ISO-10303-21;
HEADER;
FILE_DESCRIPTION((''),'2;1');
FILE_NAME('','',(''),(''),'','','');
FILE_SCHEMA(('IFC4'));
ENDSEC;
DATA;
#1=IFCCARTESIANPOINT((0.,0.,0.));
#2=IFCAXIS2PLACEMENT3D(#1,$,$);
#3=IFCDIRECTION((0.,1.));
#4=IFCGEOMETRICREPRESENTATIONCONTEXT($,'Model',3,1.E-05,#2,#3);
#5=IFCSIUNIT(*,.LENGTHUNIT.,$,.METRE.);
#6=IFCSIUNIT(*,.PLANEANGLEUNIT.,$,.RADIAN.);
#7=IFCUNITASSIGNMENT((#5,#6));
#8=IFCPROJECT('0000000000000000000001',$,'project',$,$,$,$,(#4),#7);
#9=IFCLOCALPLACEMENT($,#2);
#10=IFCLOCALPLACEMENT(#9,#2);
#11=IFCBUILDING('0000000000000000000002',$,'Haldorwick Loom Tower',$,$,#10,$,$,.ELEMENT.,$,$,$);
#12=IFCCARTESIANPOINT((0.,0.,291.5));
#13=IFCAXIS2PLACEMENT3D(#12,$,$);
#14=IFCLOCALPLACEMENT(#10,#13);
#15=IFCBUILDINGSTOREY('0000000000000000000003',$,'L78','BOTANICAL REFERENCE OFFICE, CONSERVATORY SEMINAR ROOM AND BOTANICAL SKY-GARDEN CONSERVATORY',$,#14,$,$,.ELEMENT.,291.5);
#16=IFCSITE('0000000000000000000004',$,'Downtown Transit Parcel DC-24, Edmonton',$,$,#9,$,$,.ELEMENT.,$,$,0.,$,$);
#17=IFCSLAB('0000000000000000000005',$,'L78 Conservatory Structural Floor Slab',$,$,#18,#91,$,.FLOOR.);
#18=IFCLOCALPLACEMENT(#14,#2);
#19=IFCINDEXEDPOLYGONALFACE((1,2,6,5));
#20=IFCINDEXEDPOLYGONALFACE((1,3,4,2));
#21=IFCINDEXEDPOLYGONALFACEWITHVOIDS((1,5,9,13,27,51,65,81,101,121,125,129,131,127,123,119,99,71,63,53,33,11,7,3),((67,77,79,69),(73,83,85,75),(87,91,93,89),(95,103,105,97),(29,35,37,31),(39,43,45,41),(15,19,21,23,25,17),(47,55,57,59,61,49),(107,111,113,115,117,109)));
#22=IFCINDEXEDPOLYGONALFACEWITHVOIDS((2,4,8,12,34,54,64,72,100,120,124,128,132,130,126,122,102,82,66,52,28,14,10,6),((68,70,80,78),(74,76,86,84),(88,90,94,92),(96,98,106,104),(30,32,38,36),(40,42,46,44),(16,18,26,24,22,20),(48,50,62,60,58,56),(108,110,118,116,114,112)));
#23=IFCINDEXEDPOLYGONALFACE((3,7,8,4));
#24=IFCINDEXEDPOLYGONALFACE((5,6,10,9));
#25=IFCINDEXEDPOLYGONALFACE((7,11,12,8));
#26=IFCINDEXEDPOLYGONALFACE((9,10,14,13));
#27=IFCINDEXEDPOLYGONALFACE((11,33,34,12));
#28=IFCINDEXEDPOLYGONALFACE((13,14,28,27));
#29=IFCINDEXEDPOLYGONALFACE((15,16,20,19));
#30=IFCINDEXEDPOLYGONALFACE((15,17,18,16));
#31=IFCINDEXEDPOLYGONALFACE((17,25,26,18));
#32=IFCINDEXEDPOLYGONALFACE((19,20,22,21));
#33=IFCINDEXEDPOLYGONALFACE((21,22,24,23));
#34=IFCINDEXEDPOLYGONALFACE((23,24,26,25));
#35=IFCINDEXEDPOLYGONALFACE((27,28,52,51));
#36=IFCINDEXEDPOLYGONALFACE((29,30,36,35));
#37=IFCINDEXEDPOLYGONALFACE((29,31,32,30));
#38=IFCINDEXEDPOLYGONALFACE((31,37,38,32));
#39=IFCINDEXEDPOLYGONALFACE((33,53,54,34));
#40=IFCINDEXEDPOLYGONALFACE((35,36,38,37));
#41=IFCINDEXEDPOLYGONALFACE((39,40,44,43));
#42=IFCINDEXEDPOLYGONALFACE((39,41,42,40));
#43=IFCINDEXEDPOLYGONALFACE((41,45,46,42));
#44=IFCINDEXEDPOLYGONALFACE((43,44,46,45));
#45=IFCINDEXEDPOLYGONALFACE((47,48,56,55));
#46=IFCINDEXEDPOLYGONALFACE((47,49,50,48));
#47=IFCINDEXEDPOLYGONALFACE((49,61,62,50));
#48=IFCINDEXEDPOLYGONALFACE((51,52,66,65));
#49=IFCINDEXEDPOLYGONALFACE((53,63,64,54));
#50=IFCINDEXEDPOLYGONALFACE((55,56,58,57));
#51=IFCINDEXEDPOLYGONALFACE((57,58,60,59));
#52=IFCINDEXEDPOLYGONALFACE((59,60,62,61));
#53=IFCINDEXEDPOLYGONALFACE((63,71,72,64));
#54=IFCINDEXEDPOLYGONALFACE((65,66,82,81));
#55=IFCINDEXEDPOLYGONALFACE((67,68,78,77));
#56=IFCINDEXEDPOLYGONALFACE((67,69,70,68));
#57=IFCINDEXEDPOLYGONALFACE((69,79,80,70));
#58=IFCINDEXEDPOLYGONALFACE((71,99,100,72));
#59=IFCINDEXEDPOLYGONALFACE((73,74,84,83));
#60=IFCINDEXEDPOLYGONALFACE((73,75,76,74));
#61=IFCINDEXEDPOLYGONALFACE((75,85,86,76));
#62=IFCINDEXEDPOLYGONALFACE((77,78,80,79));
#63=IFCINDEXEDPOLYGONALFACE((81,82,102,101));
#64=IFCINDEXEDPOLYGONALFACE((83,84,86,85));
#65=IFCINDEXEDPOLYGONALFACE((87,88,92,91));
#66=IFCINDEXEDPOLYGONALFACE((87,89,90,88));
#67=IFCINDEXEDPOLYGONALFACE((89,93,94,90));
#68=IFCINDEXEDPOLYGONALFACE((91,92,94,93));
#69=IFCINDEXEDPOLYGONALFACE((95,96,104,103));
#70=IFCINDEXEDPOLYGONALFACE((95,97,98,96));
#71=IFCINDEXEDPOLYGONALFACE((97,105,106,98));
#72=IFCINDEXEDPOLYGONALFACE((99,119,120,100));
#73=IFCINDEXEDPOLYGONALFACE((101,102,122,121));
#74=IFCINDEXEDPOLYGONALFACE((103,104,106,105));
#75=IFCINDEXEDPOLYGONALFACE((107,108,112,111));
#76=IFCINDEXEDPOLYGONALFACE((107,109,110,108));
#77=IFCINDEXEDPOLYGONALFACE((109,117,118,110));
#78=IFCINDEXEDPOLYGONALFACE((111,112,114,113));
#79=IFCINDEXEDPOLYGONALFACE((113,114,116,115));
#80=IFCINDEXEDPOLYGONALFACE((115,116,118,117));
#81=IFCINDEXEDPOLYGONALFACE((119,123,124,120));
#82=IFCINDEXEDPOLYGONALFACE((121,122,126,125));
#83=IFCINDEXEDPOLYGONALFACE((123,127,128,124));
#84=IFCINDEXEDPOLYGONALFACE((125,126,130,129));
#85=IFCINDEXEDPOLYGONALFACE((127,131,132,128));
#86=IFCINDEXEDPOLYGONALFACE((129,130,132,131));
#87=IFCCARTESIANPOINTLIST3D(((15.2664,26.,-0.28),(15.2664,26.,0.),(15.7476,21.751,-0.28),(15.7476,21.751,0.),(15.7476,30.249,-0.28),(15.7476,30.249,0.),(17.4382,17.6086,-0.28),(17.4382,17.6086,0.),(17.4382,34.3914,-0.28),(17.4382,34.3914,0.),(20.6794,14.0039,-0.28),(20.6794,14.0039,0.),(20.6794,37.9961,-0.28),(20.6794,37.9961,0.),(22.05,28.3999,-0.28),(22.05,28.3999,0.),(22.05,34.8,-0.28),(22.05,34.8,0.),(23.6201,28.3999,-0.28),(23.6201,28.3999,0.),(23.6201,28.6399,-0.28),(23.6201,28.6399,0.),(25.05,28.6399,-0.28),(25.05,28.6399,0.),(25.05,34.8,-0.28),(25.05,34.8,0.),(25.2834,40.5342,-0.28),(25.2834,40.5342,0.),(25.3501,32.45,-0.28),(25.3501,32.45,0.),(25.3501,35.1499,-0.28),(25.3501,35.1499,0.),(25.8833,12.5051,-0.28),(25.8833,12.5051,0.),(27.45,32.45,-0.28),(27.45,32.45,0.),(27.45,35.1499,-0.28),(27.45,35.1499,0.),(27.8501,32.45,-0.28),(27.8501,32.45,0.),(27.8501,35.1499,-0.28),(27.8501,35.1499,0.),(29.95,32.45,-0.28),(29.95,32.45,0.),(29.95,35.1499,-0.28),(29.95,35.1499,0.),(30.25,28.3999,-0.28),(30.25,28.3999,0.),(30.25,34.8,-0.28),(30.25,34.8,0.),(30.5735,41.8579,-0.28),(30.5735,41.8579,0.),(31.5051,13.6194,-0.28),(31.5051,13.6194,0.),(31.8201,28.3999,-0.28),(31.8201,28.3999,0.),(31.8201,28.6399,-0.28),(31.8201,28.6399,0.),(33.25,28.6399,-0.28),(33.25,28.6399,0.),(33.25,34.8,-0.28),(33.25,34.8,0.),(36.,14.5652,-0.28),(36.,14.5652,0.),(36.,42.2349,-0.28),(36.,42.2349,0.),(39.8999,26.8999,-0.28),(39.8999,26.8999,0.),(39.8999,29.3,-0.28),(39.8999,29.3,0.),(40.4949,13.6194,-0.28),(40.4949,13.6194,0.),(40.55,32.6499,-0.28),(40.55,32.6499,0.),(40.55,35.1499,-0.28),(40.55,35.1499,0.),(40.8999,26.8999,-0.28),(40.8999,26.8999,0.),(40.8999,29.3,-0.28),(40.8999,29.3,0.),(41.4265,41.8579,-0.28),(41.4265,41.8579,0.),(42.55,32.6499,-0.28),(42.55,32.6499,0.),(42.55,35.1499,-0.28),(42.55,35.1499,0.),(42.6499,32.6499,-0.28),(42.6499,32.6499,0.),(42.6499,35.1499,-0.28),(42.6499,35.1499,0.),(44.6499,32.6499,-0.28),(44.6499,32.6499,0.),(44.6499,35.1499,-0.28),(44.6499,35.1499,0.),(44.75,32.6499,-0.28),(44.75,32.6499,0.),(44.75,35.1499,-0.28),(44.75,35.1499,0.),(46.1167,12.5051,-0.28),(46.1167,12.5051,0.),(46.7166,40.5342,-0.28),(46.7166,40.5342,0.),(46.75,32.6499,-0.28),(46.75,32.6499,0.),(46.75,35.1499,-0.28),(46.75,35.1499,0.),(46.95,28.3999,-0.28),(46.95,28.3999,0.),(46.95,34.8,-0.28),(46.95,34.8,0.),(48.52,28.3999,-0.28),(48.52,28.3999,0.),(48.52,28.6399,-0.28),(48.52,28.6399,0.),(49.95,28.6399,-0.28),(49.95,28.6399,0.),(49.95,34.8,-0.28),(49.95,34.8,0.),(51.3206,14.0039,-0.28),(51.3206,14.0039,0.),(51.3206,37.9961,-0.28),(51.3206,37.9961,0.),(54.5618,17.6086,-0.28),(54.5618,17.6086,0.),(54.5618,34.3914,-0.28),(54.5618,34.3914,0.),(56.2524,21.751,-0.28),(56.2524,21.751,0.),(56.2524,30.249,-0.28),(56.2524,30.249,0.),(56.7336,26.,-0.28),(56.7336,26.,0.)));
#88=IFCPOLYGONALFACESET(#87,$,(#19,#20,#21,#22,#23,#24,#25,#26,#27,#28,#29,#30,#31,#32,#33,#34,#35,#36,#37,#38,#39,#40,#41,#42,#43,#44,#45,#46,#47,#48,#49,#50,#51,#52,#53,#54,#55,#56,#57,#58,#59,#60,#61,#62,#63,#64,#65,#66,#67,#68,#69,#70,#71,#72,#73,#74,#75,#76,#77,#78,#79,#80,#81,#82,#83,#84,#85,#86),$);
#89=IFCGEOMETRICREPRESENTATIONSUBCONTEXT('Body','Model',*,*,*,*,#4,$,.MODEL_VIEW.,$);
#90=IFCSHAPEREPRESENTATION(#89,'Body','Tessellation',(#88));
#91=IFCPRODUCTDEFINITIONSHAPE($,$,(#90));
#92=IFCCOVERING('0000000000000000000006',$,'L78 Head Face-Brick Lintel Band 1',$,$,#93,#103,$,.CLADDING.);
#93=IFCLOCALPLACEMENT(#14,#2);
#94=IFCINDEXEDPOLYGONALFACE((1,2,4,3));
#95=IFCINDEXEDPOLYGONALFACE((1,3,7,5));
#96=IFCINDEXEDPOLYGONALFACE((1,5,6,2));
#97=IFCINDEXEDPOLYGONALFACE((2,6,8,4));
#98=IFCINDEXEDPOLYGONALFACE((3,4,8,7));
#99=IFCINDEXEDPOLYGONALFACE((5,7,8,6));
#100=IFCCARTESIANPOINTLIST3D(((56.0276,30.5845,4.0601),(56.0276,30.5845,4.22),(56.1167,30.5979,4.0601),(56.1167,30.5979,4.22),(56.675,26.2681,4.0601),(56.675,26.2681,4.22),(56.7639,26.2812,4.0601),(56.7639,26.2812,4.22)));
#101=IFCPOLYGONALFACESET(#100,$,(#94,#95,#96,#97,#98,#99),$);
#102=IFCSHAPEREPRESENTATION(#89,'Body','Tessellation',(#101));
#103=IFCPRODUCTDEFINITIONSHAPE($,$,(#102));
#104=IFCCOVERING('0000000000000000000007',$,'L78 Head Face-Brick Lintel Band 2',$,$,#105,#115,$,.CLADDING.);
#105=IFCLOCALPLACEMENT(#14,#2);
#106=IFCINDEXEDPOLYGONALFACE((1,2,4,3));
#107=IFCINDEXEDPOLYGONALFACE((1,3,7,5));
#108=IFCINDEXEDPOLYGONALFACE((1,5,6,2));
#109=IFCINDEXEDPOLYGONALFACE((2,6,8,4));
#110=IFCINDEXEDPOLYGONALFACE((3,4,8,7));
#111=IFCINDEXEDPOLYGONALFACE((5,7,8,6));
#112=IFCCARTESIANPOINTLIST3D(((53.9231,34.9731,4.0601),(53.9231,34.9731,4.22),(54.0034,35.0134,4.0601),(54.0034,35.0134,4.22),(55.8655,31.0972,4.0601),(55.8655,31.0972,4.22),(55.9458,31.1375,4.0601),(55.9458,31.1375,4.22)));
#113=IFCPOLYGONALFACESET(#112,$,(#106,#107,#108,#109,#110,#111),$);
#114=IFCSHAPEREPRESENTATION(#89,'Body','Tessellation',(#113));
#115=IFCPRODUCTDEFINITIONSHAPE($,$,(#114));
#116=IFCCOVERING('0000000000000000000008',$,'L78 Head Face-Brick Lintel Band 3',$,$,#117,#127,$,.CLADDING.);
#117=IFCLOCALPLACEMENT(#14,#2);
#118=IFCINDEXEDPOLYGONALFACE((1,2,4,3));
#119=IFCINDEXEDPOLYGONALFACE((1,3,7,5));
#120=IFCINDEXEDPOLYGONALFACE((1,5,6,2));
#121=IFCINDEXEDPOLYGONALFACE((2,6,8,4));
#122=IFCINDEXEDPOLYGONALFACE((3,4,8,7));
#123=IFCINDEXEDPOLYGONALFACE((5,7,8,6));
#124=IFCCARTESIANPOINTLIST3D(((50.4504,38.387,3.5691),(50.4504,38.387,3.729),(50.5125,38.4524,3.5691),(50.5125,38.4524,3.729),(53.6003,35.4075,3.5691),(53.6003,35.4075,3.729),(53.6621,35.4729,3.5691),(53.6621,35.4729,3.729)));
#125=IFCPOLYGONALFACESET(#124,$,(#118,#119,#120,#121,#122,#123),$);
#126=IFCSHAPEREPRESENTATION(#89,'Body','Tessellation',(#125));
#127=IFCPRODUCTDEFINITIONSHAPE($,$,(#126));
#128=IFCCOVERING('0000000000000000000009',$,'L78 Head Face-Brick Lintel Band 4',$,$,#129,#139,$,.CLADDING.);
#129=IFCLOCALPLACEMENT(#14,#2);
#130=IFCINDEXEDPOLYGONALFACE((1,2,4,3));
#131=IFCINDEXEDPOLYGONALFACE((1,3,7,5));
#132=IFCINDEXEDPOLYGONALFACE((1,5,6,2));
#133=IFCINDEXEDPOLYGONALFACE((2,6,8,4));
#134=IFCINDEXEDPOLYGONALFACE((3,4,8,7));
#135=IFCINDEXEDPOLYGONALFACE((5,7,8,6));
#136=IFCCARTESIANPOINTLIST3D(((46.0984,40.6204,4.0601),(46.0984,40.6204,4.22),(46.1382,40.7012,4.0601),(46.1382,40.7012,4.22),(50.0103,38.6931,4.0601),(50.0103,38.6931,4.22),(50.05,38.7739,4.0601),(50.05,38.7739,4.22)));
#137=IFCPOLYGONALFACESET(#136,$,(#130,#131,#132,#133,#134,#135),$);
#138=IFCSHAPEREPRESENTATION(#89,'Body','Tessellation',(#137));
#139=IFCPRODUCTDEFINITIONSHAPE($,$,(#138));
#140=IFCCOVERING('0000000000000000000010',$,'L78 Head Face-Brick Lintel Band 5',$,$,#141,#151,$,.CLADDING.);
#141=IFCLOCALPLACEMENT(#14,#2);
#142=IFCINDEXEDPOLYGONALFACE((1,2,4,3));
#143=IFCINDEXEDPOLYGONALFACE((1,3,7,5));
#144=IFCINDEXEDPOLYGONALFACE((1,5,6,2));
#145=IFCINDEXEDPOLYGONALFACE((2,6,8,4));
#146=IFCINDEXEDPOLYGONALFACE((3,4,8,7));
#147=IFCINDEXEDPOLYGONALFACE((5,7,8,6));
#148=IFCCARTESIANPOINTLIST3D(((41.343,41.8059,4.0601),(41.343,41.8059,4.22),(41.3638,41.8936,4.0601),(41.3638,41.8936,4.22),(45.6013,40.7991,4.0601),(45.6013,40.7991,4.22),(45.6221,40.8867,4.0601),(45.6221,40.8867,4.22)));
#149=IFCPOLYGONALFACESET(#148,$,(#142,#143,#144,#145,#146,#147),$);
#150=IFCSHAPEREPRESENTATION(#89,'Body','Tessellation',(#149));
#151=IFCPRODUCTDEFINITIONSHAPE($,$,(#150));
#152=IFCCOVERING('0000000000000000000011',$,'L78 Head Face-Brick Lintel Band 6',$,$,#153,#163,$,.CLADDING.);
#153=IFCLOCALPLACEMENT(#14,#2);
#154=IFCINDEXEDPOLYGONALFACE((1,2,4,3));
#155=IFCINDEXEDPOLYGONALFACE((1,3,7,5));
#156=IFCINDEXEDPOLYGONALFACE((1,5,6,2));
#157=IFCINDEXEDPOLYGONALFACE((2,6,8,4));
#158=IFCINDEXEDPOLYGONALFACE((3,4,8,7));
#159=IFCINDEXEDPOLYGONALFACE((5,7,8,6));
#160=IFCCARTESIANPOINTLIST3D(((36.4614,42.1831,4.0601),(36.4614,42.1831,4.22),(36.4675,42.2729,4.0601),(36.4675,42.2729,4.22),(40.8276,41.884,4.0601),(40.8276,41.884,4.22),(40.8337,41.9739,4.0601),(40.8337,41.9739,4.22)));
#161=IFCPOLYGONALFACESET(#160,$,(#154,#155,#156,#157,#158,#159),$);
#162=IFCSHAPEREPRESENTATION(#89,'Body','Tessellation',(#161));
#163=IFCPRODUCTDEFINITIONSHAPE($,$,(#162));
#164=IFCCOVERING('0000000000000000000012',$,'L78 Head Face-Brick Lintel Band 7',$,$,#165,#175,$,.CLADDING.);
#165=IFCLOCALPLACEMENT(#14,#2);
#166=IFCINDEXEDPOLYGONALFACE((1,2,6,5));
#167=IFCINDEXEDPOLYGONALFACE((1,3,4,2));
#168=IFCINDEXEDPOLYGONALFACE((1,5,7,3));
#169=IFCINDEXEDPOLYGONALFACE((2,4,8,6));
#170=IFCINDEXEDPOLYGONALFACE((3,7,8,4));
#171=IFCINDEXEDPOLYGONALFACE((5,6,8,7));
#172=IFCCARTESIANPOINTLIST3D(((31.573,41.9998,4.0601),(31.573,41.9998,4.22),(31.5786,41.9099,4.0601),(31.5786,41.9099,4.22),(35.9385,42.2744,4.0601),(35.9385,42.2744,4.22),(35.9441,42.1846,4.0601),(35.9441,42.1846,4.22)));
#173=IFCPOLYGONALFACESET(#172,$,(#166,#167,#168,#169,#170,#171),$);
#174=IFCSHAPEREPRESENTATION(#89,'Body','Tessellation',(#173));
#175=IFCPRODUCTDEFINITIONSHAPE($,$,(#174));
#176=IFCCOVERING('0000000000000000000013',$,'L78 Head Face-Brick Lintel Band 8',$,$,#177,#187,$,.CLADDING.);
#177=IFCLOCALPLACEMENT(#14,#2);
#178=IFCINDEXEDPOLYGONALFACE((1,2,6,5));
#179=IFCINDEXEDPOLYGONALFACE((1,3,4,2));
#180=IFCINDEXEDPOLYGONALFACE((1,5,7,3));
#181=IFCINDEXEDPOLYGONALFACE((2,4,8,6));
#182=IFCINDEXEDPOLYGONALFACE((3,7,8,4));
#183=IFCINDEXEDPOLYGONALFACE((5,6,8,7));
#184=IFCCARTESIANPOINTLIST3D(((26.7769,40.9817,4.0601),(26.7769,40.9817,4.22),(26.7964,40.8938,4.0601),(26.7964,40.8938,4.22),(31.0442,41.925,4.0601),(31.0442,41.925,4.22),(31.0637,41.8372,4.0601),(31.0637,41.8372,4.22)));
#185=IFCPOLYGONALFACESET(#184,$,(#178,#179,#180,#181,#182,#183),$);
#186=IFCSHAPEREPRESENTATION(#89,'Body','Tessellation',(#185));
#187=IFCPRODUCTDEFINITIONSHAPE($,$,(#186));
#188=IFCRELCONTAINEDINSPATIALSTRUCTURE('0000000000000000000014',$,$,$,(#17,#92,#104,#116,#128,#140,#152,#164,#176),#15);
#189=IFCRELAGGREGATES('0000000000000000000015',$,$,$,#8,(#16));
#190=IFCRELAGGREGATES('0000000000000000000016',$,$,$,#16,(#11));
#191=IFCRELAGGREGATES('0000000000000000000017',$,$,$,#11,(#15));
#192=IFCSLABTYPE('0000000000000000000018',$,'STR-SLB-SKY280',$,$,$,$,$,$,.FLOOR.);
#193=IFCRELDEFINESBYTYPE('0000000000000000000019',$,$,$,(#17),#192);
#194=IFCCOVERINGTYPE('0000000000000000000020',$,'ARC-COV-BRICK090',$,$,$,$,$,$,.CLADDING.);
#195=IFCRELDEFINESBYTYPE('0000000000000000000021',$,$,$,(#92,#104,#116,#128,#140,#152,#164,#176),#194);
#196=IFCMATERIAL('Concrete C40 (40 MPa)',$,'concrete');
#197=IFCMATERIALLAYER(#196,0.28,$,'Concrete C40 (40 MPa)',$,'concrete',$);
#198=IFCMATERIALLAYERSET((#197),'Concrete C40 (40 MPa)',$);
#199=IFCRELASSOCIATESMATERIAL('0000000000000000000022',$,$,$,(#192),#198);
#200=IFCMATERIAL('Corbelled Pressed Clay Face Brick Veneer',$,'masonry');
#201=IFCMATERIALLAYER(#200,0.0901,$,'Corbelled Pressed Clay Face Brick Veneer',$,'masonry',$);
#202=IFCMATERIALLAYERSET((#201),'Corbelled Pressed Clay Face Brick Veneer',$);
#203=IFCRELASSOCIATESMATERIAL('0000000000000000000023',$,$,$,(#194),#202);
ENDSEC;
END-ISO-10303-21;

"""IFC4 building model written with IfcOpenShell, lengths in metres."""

from ifc_helpers import new_model, si_unit, direction, frame, origin, place, context, subcontext, project, spatial, polyline, outline, extrude, material, layer, layer_set, type_object, element, save


model = new_model("IFC4")

# Units and contexts
model_context = context("Model", 3, precision=1e-05, world=origin(), true_north=direction((0.0, 1.0)))
body_context = subcontext(model_context, "Body", "Model", "MODEL_VIEW")
ifc_project = project(units=[si_unit("LENGTHUNIT", "METRE"), si_unit("PLANEANGLEUNIT", "RADIAN")], contexts=[model_context])

# Site, building, storey
site_placement = place(None, origin())
site = spatial("IfcSite", under=ifc_project, at=site_placement, Name="Downtown Transit Parcel DC-24, Edmonton", CompositionType="ELEMENT", RefElevation=0.0)
building_placement = place(site_placement, origin())
building = spatial("IfcBuilding", under=site, at=building_placement, Name="Haldorwick Loom Tower", CompositionType="ELEMENT")
storey_placement = place(building_placement, frame((0.0, 0.0, 291.5)))
storey = spatial("IfcBuildingStorey", under=building, at=storey_placement, Name="L78", Description="BOTANICAL REFERENCE OFFICE, CONSERVATORY SEMINAR ROOM AND BOTANICAL SKY-GARDEN CONSERVATORY", CompositionType="ELEMENT", Elevation=291.5)

# Slab
ifc_material_1 = material(Name="Concrete C40 (40 MPa)", Category="concrete")
ifc_layer_1 = layer(ifc_material_1, 0.28, Name="Concrete C40 (40 MPa)", Category="concrete")
ifc_layer_set_1 = layer_set([ifc_layer_1], Name="Concrete C40 (40 MPa)")
slab_type_1 = type_object("IfcSlabType", Name="STR-SLB-SKY280", PredefinedType="FLOOR", material=ifc_layer_set_1)
slab_1_placement = place(storey_placement, frame((0.0, 0.0, -0.28)))
element("IfcSlab", 1, at=slab_1_placement, inside=storey, type_object=slab_type_1, Name="L78 Conservatory Structural Floor Slab", PredefinedType="FLOOR", context=body_context, shape_type="SweptSolid", body=[
    extrude(outline(polyline([(51.3206, 14.0039), (54.5618, 17.6086), (56.2524, 21.751), (56.7336, 26.0), (56.2524, 30.249), (54.5618, 34.3914), (51.3206, 37.9961), (46.7166, 40.5342), (41.4265, 41.8579), (36.0, 42.2349), (30.5735, 41.8579), (25.2834, 40.5342), (20.6794, 37.9961), (17.4382, 34.3914), (15.7476, 30.249), (15.2664, 26.0), (15.7476, 21.751), (17.4382, 17.6086), (20.6794, 14.0039), (25.8833, 12.5051), (31.5051, 13.6194), (36.0, 14.5652), (40.4949, 13.6194), (46.1167, 12.5051), (51.3206, 14.0039)]), holes=[polyline([(40.8999, 26.8999), (39.8999, 26.8999), (39.8999, 29.3), (40.8999, 29.3), (40.8999, 26.8999)]), polyline([(23.6201, 28.3999), (22.05, 28.3999), (22.05, 34.8), (25.05, 34.8), (25.05, 28.6399), (23.6201, 28.6399), (23.6201, 28.3999)]), polyline([(31.8201, 28.3999), (30.25, 28.3999), (30.25, 34.8), (33.25, 34.8), (33.25, 28.6399), (31.8201, 28.6399), (31.8201, 28.3999)]), polyline([(48.52, 28.3999), (46.95, 28.3999), (46.95, 34.8), (49.95, 34.8), (49.95, 28.6399), (48.52, 28.6399), (48.52, 28.3999)]), polyline([(27.45, 32.45), (25.3501, 32.45), (25.3501, 35.1499), (27.45, 35.1499), (27.45, 32.45)]), polyline([(29.95, 32.45), (27.8501, 32.45), (27.8501, 35.1499), (29.95, 35.1499), (29.95, 32.45)]), polyline([(42.55, 32.6499), (40.55, 32.6499), (40.55, 35.1499), (42.55, 35.1499), (42.55, 32.6499)]), polyline([(42.6499, 32.6499), (42.6499, 35.1499), (44.6499, 35.1499), (44.6499, 32.6499), (42.6499, 32.6499)]), polyline([(44.75, 32.6499), (44.75, 35.1499), (46.75, 35.1499), (46.75, 32.6499), (44.75, 32.6499)])]), origin(), (0.0, 0.0, 1.0), 0.28),
])

# Coverings
ifc_material_2 = material(Name="Corbelled Pressed Clay Face Brick Veneer", Category="masonry")
ifc_layer_2 = layer(ifc_material_2, 0.0901, Name="Corbelled Pressed Clay Face Brick Veneer", Category="masonry")
ifc_layer_set_2 = layer_set([ifc_layer_2], Name="Corbelled Pressed Clay Face Brick Veneer")
covering_type_1 = type_object("IfcCoveringType", Name="ARC-COV-BRICK090", PredefinedType="CLADDING", material=ifc_layer_set_2)
covering_1_placement = place(storey_placement, frame((0.0, 0.0, 4.0601)))
element("IfcCovering", 2, at=covering_1_placement, inside=storey, type_object=covering_type_1, Name="L78 Head Face-Brick Lintel Band 1", PredefinedType="CLADDING", context=body_context, shape_type="SweptSolid", body=[
    extrude(outline(polyline([(56.7639, 26.2812), (56.1167, 30.5979), (56.0276, 30.5845), (56.675, 26.2681), (56.7639, 26.2812)])), origin(), (0.0, 0.0, 1.0), 0.1599),
])
covering_2_placement = place(storey_placement, frame((0.0, 0.0, 4.0601)))
element("IfcCovering", 3, at=covering_2_placement, inside=storey, type_object=covering_type_1, Name="L78 Head Face-Brick Lintel Band 2", PredefinedType="CLADDING", context=body_context, shape_type="SweptSolid", body=[
    extrude(outline(polyline([(55.9458, 31.1375), (54.0034, 35.0134), (53.9231, 34.9731), (55.8655, 31.0972), (55.9458, 31.1375)])), origin(), (0.0, 0.0, 1.0), 0.1599),
])
covering_3_placement = place(storey_placement, frame((0.0, 0.0, 3.5691)))
element("IfcCovering", 4, at=covering_3_placement, inside=storey, type_object=covering_type_1, Name="L78 Head Face-Brick Lintel Band 3", PredefinedType="CLADDING", context=body_context, shape_type="SweptSolid", body=[
    extrude(outline(polyline([(53.6621, 35.4729), (50.5125, 38.4524), (50.4504, 38.387), (53.6003, 35.4075), (53.6621, 35.4729)])), origin(), (0.0, 0.0, 1.0), 0.1599),
])
covering_4_placement = place(storey_placement, frame((0.0, 0.0, 4.0601)))
element("IfcCovering", 5, at=covering_4_placement, inside=storey, type_object=covering_type_1, Name="L78 Head Face-Brick Lintel Band 4", PredefinedType="CLADDING", context=body_context, shape_type="SweptSolid", body=[
    extrude(outline(polyline([(50.05, 38.7739), (46.1382, 40.7012), (46.0984, 40.6204), (50.0103, 38.6931), (50.05, 38.7739)])), origin(), (0.0, 0.0, 1.0), 0.1599),
])
covering_5_placement = place(storey_placement, frame((0.0, 0.0, 4.0601)))
element("IfcCovering", 6, at=covering_5_placement, inside=storey, type_object=covering_type_1, Name="L78 Head Face-Brick Lintel Band 5", PredefinedType="CLADDING", context=body_context, shape_type="SweptSolid", body=[
    extrude(outline(polyline([(45.6221, 40.8867), (41.3638, 41.8936), (41.343, 41.8059), (45.6013, 40.7991), (45.6221, 40.8867)])), origin(), (0.0, 0.0, 1.0), 0.1599),
])
covering_6_placement = place(storey_placement, frame((0.0, 0.0, 4.0601)))
element("IfcCovering", 7, at=covering_6_placement, inside=storey, type_object=covering_type_1, Name="L78 Head Face-Brick Lintel Band 6", PredefinedType="CLADDING", context=body_context, shape_type="SweptSolid", body=[
    extrude(outline(polyline([(40.8337, 41.9739), (36.4675, 42.2729), (36.4614, 42.1831), (40.8276, 41.884), (40.8337, 41.9739)])), origin(), (0.0, 0.0, 1.0), 0.1599),
])
covering_7_placement = place(storey_placement, frame((0.0, 0.0, 4.0601)))
element("IfcCovering", 8, at=covering_7_placement, inside=storey, type_object=covering_type_1, Name="L78 Head Face-Brick Lintel Band 7", PredefinedType="CLADDING", context=body_context, shape_type="SweptSolid", body=[
    extrude(outline(polyline([(35.9385, 42.2744), (31.573, 41.9998), (31.5786, 41.9099), (35.9441, 42.1846), (35.9385, 42.2744)])), origin(), (0.0, 0.0, 1.0), 0.1599),
])
covering_8_placement = place(storey_placement, frame((0.0, 0.0, 4.0601)))
element("IfcCovering", 9, at=covering_8_placement, inside=storey, type_object=covering_type_1, Name="L78 Head Face-Brick Lintel Band 8", PredefinedType="CLADDING", context=body_context, shape_type="SweptSolid", body=[
    extrude(outline(polyline([(31.0442, 41.925), (26.7769, 40.9817), (26.7964, 40.8938), (31.0637, 41.8372), (31.0442, 41.925)])), origin(), (0.0, 0.0, 1.0), 0.1599),
])

save(model, "model.ifc")
